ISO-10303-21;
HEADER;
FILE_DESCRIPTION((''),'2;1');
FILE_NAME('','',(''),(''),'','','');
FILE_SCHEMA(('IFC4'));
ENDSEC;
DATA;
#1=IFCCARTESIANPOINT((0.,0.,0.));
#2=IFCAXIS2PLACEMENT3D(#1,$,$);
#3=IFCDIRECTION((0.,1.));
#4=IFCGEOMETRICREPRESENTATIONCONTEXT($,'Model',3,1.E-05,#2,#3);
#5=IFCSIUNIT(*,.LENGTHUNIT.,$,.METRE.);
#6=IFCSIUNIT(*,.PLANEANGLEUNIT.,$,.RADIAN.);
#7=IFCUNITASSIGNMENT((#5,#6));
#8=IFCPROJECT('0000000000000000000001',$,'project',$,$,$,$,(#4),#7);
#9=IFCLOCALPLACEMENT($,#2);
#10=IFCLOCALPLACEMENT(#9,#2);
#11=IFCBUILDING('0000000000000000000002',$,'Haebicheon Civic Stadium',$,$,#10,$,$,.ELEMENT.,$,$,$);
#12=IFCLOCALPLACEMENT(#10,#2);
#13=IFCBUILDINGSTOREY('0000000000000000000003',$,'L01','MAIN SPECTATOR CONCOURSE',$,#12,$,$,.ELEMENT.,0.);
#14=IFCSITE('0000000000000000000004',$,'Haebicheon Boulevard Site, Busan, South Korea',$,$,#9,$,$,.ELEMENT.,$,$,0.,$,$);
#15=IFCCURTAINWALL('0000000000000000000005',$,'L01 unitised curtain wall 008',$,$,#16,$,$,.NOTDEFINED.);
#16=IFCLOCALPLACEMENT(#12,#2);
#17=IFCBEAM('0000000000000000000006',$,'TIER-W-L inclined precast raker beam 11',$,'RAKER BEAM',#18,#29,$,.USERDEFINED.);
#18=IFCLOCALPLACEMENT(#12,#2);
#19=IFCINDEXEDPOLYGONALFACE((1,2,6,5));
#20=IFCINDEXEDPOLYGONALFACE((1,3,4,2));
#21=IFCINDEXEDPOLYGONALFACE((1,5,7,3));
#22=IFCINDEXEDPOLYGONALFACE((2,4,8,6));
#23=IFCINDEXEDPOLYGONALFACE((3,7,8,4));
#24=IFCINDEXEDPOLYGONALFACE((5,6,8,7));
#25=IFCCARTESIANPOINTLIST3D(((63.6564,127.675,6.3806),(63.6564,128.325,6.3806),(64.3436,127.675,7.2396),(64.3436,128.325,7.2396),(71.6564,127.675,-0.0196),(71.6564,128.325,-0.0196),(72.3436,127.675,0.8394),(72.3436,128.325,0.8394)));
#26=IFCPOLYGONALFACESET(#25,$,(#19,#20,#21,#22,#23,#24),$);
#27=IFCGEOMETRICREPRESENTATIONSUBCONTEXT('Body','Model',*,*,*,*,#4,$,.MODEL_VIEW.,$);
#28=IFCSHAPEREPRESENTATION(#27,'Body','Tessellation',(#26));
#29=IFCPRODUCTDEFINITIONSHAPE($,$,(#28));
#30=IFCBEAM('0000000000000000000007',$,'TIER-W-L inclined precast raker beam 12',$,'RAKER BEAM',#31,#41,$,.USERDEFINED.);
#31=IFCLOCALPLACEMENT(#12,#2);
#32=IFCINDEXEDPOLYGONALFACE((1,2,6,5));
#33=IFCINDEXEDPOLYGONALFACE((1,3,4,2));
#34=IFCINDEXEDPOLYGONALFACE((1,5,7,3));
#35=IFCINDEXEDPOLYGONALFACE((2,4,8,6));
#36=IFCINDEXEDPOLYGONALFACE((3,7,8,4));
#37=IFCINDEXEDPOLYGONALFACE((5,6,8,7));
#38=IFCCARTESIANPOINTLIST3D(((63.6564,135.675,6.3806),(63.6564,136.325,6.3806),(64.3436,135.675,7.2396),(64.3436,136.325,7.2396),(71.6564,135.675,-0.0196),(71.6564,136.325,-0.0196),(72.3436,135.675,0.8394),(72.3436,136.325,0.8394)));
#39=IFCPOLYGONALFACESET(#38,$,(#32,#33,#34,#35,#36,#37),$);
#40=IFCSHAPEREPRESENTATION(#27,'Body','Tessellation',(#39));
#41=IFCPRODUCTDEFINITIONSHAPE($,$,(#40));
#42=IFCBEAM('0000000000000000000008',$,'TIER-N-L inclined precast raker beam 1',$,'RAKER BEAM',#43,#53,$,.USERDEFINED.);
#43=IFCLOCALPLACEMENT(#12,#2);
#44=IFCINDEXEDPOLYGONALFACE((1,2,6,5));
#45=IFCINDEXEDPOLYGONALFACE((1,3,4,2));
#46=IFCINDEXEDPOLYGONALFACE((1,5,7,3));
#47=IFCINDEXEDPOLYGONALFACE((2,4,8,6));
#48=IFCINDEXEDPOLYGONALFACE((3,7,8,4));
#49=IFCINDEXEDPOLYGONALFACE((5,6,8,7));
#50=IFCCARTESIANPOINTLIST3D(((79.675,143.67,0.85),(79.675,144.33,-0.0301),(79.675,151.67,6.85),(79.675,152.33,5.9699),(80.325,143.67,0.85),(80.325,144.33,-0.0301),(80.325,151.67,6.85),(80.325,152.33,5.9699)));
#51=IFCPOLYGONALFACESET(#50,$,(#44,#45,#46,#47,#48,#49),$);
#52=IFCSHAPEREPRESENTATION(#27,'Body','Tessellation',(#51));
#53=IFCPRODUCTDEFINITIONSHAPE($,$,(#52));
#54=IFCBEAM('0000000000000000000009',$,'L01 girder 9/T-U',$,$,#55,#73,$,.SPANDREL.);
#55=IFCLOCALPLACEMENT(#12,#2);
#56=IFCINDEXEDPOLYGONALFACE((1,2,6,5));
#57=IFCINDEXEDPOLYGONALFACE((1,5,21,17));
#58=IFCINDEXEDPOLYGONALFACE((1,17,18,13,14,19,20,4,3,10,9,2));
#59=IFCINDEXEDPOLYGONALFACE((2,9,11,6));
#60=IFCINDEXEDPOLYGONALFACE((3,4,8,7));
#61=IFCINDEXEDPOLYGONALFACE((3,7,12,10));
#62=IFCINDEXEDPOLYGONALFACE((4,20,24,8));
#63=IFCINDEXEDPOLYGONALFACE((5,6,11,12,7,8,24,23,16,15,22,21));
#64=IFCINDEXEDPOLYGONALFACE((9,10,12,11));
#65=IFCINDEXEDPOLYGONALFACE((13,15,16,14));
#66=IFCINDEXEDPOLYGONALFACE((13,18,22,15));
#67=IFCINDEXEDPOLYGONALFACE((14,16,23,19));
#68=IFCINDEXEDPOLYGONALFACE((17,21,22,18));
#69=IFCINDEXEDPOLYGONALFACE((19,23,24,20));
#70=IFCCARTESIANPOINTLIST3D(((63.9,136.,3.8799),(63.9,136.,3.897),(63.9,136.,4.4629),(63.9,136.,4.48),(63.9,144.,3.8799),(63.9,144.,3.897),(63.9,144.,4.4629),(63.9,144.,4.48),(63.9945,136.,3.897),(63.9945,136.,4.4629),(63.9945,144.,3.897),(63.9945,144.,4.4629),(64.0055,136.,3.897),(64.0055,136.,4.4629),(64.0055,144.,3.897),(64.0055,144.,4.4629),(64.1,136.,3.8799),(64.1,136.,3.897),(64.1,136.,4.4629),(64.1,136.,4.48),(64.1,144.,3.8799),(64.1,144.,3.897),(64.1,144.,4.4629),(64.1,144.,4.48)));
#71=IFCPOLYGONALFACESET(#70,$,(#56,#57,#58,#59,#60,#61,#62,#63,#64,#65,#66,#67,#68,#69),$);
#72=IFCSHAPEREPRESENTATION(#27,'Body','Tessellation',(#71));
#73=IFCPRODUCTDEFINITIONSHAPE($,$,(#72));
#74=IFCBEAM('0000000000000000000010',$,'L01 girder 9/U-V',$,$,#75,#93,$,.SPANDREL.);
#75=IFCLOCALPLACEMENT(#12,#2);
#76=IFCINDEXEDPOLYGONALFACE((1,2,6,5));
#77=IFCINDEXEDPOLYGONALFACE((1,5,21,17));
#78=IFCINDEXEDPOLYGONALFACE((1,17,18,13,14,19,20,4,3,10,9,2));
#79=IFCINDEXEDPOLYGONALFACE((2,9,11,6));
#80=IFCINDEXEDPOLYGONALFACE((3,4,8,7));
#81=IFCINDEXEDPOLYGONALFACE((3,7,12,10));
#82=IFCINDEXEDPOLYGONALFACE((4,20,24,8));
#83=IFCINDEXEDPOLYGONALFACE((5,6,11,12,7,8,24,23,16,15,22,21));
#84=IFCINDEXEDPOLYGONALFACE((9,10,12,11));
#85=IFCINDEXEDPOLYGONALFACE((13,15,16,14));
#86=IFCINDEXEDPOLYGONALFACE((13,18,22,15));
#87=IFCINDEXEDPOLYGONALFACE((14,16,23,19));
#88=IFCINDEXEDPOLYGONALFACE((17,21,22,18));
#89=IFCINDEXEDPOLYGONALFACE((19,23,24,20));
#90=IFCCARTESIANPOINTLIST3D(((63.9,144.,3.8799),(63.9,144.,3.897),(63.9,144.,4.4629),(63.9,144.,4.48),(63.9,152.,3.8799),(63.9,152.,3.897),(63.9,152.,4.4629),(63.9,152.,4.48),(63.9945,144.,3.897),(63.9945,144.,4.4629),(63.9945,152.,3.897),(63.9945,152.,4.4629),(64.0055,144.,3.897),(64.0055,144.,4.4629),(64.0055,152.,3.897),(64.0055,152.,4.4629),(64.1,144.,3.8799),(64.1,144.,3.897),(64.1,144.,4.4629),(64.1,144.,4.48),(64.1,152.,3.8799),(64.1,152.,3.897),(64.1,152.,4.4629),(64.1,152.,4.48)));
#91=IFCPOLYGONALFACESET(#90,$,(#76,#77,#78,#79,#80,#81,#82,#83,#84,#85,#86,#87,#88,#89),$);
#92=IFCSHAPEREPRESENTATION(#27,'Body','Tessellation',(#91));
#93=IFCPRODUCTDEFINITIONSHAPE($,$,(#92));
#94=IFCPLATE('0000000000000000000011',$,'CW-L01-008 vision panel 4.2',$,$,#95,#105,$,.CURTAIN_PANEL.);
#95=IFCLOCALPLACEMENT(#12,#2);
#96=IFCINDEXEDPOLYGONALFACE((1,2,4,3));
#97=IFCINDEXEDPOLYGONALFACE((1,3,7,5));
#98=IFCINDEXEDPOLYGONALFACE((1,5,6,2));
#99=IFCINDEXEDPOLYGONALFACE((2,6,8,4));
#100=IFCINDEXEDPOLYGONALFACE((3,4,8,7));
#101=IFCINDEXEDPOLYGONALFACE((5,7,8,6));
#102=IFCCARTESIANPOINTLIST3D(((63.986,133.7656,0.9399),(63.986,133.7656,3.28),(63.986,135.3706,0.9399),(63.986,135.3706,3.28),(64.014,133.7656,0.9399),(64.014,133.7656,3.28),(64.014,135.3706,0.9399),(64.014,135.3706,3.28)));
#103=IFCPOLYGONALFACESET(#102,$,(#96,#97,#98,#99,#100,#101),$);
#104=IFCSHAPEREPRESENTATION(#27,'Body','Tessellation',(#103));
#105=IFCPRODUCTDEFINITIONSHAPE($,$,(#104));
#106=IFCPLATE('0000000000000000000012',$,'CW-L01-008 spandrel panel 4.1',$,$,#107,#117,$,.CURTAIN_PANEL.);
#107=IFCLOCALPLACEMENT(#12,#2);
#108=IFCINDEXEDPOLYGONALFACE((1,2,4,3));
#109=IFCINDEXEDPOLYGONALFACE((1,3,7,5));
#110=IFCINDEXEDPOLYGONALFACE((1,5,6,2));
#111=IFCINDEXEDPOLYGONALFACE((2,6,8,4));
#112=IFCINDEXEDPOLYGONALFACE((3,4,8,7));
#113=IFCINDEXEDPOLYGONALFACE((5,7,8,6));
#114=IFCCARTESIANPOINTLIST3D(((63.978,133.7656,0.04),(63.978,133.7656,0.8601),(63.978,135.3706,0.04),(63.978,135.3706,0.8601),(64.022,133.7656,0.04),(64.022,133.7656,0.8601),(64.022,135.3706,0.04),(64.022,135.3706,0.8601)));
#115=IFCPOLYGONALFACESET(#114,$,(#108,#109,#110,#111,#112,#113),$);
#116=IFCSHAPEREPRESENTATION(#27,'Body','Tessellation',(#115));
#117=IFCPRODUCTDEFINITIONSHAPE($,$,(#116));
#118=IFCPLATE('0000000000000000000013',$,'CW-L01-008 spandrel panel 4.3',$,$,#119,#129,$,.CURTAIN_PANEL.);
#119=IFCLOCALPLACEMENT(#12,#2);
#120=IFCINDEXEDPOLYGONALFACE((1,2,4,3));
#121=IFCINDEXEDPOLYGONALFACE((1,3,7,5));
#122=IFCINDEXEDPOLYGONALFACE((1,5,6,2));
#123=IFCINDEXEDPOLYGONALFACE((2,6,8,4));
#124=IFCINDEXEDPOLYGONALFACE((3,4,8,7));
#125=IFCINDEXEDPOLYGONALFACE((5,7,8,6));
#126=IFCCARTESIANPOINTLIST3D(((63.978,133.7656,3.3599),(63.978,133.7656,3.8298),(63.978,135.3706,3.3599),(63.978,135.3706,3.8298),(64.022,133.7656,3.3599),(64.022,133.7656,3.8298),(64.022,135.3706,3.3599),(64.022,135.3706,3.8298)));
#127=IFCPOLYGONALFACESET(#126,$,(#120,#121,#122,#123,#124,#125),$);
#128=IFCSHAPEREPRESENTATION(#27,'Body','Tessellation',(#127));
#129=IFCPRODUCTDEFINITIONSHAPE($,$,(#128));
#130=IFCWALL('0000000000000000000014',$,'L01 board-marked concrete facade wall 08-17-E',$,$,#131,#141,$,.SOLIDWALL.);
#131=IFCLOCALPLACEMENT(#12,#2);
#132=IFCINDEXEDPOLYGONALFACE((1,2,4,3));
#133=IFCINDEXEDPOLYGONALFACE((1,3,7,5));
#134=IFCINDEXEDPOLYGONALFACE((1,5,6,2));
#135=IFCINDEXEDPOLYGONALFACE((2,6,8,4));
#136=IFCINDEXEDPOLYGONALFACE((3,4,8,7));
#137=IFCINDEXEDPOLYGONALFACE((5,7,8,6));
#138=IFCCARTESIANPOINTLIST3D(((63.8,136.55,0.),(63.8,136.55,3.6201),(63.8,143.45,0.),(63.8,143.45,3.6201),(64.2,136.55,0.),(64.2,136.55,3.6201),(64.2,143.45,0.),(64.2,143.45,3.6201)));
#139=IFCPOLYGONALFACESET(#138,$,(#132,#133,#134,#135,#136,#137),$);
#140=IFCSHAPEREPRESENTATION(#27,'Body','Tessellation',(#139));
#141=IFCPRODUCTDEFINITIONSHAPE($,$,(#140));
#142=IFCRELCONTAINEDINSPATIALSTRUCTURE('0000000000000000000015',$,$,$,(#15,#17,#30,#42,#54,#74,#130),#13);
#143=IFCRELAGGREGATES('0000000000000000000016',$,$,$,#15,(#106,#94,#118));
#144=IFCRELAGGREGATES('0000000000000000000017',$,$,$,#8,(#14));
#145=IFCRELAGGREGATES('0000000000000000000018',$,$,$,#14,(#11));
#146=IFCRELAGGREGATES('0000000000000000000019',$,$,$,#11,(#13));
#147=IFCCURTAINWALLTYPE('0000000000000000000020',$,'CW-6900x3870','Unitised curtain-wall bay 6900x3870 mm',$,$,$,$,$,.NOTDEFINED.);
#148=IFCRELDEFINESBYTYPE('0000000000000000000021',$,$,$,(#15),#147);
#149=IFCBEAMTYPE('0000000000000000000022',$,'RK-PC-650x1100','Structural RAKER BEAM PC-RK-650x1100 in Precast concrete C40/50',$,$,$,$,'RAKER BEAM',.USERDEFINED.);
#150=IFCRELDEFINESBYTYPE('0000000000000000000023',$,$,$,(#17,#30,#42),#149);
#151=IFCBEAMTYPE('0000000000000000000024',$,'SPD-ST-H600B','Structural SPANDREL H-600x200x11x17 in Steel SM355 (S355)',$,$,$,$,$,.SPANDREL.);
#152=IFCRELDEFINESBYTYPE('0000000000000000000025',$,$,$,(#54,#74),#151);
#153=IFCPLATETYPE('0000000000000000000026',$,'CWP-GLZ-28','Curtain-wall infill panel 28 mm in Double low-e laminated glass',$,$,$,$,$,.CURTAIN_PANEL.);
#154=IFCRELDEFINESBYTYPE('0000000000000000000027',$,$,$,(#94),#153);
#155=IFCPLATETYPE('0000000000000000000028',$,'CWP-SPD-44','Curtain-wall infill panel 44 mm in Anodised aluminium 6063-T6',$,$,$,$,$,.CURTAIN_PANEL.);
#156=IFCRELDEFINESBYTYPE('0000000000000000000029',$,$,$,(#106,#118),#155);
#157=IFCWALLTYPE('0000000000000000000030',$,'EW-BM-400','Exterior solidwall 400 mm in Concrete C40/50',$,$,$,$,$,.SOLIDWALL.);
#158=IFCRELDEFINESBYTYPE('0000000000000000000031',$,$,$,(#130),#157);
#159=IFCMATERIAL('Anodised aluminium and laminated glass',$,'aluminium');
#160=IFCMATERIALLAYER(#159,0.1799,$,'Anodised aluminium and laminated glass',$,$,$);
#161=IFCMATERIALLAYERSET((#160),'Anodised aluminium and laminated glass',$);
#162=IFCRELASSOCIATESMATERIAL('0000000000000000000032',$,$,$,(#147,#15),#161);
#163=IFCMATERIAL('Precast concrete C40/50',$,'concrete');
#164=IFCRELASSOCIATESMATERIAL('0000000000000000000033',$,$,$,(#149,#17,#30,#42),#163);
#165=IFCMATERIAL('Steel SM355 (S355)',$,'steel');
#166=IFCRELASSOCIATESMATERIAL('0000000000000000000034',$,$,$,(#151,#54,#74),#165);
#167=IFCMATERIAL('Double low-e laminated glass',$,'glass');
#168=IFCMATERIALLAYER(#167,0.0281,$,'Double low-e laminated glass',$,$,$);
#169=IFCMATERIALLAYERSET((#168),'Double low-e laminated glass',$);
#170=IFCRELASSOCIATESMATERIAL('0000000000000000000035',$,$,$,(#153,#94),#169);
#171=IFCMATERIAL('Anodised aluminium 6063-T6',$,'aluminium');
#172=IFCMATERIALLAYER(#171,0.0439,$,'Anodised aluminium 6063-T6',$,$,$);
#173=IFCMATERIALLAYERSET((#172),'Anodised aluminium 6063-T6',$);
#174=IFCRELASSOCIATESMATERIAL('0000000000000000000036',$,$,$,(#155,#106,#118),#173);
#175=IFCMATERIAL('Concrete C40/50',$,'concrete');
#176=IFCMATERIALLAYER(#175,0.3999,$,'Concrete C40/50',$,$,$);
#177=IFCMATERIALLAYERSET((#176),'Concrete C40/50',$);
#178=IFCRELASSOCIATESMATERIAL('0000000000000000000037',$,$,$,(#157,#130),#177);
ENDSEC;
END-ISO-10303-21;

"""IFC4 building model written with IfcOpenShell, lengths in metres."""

from ifc_helpers import new_model, si_unit, direction, frame, frame_2d, origin, origin_2d, place, context, subcontext, project, spatial, rectangle, i_section, extrude, material, layer, layer_set, material_profile, profile_set, type_object, element, aggregate, save


model = new_model("IFC4")

# Units and contexts
model_context = context("Model", 3, precision=1e-05, world=origin(), true_north=direction((0.0, 1.0)))
body_context = subcontext(model_context, "Body", "Model", "MODEL_VIEW")
ifc_project = project(units=[si_unit("LENGTHUNIT", "METRE"), si_unit("PLANEANGLEUNIT", "RADIAN")], contexts=[model_context])

# Site, building, storey
site_placement = place(None, origin())
site = spatial("IfcSite", under=ifc_project, at=site_placement, Name="Haebicheon Boulevard Site, Busan, South Korea", CompositionType="ELEMENT", RefElevation=0.0)
building_placement = place(site_placement, origin())
building = spatial("IfcBuilding", under=site, at=building_placement, Name="Haebicheon Civic Stadium", CompositionType="ELEMENT")
storey_placement = place(building_placement, origin())
storey = spatial("IfcBuildingStorey", under=building, at=storey_placement, Name="L01", Description="MAIN SPECTATOR CONCOURSE", CompositionType="ELEMENT", Elevation=0.0)

# Curtain wall
ifc_material_1 = material(Name="Anodised aluminium and laminated glass", Category="aluminium")
ifc_layer_1 = layer(ifc_material_1, 0.1799, Name="Anodised aluminium and laminated glass")
ifc_layer_set_1 = layer_set([ifc_layer_1], Name="Anodised aluminium and laminated glass")
curtain_wall_type = type_object("IfcCurtainWallType", Name="CW-6900x3870", Description="Unitised curtain-wall bay 6900x3870 mm", PredefinedType="NOTDEFINED", material=ifc_layer_set_1)
curtain_wall_placement = place(storey_placement, origin())
curtain_wall = element("IfcCurtainWall", 1, at=curtain_wall_placement, inside=storey, type_object=curtain_wall_type, material=ifc_layer_set_1, Name="L01 unitised curtain wall 008", PredefinedType="NOTDEFINED")

# Beams
ifc_material_2 = material(Name="Precast concrete C40/50", Category="concrete")
ifc_material_profile_1 = material_profile(ifc_material_2, rectangle(XDim=0.6499, YDim=1.1001, at=origin_2d()), Name="PC-RK-650x1100")
ifc_profile_set_1 = profile_set([ifc_material_profile_1], Name="Precast concrete C40/50")
beam_type_1 = type_object("IfcBeamType", Name="RK-PC-650x1100", Description="Structural RAKER BEAM PC-RK-650x1100 in Precast concrete C40/50", ElementType="RAKER BEAM", PredefinedType="USERDEFINED", material=ifc_profile_set_1)
for number, where, z_axis, x_axis, name in (
    (2, (72.0, 128.0, 0.4099), (-0.780862, 0.0, 0.624704), (0.0, -1.0, 0.0), "TIER-W-L inclined precast raker beam 11"),
    (3, (72.0, 136.0, 0.4099), (-0.780862, 0.0, 0.624704), (0.0, -1.0, 0.0), "TIER-W-L inclined precast raker beam 12"),
):
    element("IfcBeam", number, at=place(storey_placement, frame(where, z_axis=z_axis, x_axis=x_axis)), inside=storey, type_object=beam_type_1, material=ifc_profile_set_1, Name=name, ObjectType="RAKER BEAM", PredefinedType="USERDEFINED", context=body_context, shape_type="SweptSolid", body=[
        extrude(rectangle(XDim=0.6499, YDim=1.1001, at=origin_2d()), origin(), (0.0, 0.0, 1.0), 10.2451),
    ])
beam_1_placement = place(storey_placement, frame((80.0, 144.0, 0.4099), z_axis=(0.0, 0.8, 0.6), x_axis=(-1.0, 0.0, 0.0)))
element("IfcBeam", 4, at=beam_1_placement, inside=storey, type_object=beam_type_1, material=ifc_profile_set_1, Name="TIER-N-L inclined precast raker beam 1", ObjectType="RAKER BEAM", PredefinedType="USERDEFINED", context=body_context, shape_type="SweptSolid", body=[
    extrude(rectangle(XDim=0.6499, YDim=1.1001, at=origin_2d()), origin(), (0.0, 0.0, 1.0), 10.0),
])
ifc_material_3 = material(Name="Steel SM355 (S355)", Category="steel")
ifc_material_profile_2 = material_profile(ifc_material_3, i_section(OverallWidth=0.2, OverallDepth=0.6001, WebThickness=0.011, FlangeThickness=0.0171, at=origin_2d()), Name="H-600x200x11x17")
ifc_profile_set_2 = profile_set([ifc_material_profile_2], Name="Steel SM355 (S355)")
beam_type_2 = type_object("IfcBeamType", Name="SPD-ST-H600B", Description="Structural SPANDREL H-600x200x11x17 in Steel SM355 (S355)", PredefinedType="SPANDREL", material=ifc_profile_set_2)
for number, where, z_axis, x_axis, name in (
    (5, (64.0, 136.0, 4.1799), (0.0, 1.0, 0.0), (-1.0, 0.0, 0.0), "L01 girder 9/T-U"),
    (6, (64.0, 144.0, 4.1799), (0.0, 1.0, 0.0), (-1.0, 0.0, 0.0), "L01 girder 9/U-V"),
):
    element("IfcBeam", number, at=place(storey_placement, frame(where, z_axis=z_axis, x_axis=x_axis)), inside=storey, type_object=beam_type_2, material=ifc_profile_set_2, Name=name, PredefinedType="SPANDREL", context=body_context, shape_type="SweptSolid", body=[
        extrude(i_section(OverallWidth=0.2, OverallDepth=0.6001, WebThickness=0.011, FlangeThickness=0.0171, at=origin_2d()), origin(), (0.0, 0.0, 1.0), 8.0),
    ])

# Plates
ifc_material_4 = material(Name="Double low-e laminated glass", Category="glass")
ifc_layer_2 = layer(ifc_material_4, 0.0281, Name="Double low-e laminated glass")
ifc_layer_set_2 = layer_set([ifc_layer_2], Name="Double low-e laminated glass")
plate_type_1 = type_object("IfcPlateType", Name="CWP-GLZ-28", Description="Curtain-wall infill panel 28 mm in Double low-e laminated glass", PredefinedType="CURTAIN_PANEL", material=ifc_layer_set_2)
plate_1_placement = place(storey_placement, frame((64.0, 134.5681, 0.9399), z_axis=(0.0, 0.0, 1.0), x_axis=(0.0, 1.0, 0.0)))
plate_1 = element("IfcPlate", 7, at=plate_1_placement, type_object=plate_type_1, material=ifc_layer_set_2, Name="CW-L01-008 vision panel 4.2", PredefinedType="CURTAIN_PANEL", context=body_context, shape_type="SweptSolid", body=[
    extrude(rectangle(XDim=1.605, YDim=0.0281, at=origin_2d()), origin(), (0.0, 0.0, 1.0), 2.3401),
])
ifc_material_5 = material(Name="Anodised aluminium 6063-T6", Category="aluminium")
ifc_layer_3 = layer(ifc_material_5, 0.0439, Name="Anodised aluminium 6063-T6")
ifc_layer_set_3 = layer_set([ifc_layer_3], Name="Anodised aluminium 6063-T6")
plate_type_2 = type_object("IfcPlateType", Name="CWP-SPD-44", Description="Curtain-wall infill panel 44 mm in Anodised aluminium 6063-T6", PredefinedType="CURTAIN_PANEL", material=ifc_layer_set_3)
plate_2_placement = place(storey_placement, frame((64.0, 134.5681, 0.04), z_axis=(0.0, 0.0, 1.0), x_axis=(0.0, 1.0, 0.0)))
plate_2 = element("IfcPlate", 8, at=plate_2_placement, type_object=plate_type_2, material=ifc_layer_set_3, Name="CW-L01-008 spandrel panel 4.1", PredefinedType="CURTAIN_PANEL", context=body_context, shape_type="SweptSolid", body=[
    extrude(rectangle(XDim=1.605, YDim=0.0439, at=origin_2d()), origin(), (0.0, 0.0, 1.0), 0.8201),
])
plate_3_placement = place(storey_placement, frame((64.0, 134.5681, 3.3599), z_axis=(0.0, 0.0, 1.0), x_axis=(0.0, 1.0, 0.0)))
plate_3 = element("IfcPlate", 9, at=plate_3_placement, type_object=plate_type_2, material=ifc_layer_set_3, Name="CW-L01-008 spandrel panel 4.3", PredefinedType="CURTAIN_PANEL", context=body_context, shape_type="SweptSolid", body=[
    extrude(rectangle(XDim=1.605, YDim=0.0439, at=origin_2d()), origin(), (0.0, 0.0, 1.0), 0.47),
])
aggregate(curtain_wall, [plate_2, plate_1, plate_3])

# Wall
ifc_material_6 = material(Name="Concrete C40/50", Category="concrete")
ifc_layer_4 = layer(ifc_material_6, 0.3999, Name="Concrete C40/50")
ifc_layer_set_4 = layer_set([ifc_layer_4], Name="Concrete C40/50")
wall_type = type_object("IfcWallType", Name="EW-BM-400", Description="Exterior solidwall 400 mm in Concrete C40/50", PredefinedType="SOLIDWALL", material=ifc_layer_set_4)
wall_placement = place(storey_placement, frame((64.0, 136.55, 0.0), z_axis=(0.0, 0.0, 1.0), x_axis=(0.0, 1.0, 0.0)))
element("IfcWall", 10, at=wall_placement, inside=storey, type_object=wall_type, material=ifc_layer_set_4, Name="L01 board-marked concrete facade wall 08-17-E", PredefinedType="SOLIDWALL", context=body_context, shape_type="SweptSolid", body=[
    extrude(rectangle(XDim=6.8999, YDim=0.3999, at=frame_2d((3.45, 0.0))), origin(), (0.0, 0.0, 1.0), 3.6201),
])

save(model, "model.ifc")
